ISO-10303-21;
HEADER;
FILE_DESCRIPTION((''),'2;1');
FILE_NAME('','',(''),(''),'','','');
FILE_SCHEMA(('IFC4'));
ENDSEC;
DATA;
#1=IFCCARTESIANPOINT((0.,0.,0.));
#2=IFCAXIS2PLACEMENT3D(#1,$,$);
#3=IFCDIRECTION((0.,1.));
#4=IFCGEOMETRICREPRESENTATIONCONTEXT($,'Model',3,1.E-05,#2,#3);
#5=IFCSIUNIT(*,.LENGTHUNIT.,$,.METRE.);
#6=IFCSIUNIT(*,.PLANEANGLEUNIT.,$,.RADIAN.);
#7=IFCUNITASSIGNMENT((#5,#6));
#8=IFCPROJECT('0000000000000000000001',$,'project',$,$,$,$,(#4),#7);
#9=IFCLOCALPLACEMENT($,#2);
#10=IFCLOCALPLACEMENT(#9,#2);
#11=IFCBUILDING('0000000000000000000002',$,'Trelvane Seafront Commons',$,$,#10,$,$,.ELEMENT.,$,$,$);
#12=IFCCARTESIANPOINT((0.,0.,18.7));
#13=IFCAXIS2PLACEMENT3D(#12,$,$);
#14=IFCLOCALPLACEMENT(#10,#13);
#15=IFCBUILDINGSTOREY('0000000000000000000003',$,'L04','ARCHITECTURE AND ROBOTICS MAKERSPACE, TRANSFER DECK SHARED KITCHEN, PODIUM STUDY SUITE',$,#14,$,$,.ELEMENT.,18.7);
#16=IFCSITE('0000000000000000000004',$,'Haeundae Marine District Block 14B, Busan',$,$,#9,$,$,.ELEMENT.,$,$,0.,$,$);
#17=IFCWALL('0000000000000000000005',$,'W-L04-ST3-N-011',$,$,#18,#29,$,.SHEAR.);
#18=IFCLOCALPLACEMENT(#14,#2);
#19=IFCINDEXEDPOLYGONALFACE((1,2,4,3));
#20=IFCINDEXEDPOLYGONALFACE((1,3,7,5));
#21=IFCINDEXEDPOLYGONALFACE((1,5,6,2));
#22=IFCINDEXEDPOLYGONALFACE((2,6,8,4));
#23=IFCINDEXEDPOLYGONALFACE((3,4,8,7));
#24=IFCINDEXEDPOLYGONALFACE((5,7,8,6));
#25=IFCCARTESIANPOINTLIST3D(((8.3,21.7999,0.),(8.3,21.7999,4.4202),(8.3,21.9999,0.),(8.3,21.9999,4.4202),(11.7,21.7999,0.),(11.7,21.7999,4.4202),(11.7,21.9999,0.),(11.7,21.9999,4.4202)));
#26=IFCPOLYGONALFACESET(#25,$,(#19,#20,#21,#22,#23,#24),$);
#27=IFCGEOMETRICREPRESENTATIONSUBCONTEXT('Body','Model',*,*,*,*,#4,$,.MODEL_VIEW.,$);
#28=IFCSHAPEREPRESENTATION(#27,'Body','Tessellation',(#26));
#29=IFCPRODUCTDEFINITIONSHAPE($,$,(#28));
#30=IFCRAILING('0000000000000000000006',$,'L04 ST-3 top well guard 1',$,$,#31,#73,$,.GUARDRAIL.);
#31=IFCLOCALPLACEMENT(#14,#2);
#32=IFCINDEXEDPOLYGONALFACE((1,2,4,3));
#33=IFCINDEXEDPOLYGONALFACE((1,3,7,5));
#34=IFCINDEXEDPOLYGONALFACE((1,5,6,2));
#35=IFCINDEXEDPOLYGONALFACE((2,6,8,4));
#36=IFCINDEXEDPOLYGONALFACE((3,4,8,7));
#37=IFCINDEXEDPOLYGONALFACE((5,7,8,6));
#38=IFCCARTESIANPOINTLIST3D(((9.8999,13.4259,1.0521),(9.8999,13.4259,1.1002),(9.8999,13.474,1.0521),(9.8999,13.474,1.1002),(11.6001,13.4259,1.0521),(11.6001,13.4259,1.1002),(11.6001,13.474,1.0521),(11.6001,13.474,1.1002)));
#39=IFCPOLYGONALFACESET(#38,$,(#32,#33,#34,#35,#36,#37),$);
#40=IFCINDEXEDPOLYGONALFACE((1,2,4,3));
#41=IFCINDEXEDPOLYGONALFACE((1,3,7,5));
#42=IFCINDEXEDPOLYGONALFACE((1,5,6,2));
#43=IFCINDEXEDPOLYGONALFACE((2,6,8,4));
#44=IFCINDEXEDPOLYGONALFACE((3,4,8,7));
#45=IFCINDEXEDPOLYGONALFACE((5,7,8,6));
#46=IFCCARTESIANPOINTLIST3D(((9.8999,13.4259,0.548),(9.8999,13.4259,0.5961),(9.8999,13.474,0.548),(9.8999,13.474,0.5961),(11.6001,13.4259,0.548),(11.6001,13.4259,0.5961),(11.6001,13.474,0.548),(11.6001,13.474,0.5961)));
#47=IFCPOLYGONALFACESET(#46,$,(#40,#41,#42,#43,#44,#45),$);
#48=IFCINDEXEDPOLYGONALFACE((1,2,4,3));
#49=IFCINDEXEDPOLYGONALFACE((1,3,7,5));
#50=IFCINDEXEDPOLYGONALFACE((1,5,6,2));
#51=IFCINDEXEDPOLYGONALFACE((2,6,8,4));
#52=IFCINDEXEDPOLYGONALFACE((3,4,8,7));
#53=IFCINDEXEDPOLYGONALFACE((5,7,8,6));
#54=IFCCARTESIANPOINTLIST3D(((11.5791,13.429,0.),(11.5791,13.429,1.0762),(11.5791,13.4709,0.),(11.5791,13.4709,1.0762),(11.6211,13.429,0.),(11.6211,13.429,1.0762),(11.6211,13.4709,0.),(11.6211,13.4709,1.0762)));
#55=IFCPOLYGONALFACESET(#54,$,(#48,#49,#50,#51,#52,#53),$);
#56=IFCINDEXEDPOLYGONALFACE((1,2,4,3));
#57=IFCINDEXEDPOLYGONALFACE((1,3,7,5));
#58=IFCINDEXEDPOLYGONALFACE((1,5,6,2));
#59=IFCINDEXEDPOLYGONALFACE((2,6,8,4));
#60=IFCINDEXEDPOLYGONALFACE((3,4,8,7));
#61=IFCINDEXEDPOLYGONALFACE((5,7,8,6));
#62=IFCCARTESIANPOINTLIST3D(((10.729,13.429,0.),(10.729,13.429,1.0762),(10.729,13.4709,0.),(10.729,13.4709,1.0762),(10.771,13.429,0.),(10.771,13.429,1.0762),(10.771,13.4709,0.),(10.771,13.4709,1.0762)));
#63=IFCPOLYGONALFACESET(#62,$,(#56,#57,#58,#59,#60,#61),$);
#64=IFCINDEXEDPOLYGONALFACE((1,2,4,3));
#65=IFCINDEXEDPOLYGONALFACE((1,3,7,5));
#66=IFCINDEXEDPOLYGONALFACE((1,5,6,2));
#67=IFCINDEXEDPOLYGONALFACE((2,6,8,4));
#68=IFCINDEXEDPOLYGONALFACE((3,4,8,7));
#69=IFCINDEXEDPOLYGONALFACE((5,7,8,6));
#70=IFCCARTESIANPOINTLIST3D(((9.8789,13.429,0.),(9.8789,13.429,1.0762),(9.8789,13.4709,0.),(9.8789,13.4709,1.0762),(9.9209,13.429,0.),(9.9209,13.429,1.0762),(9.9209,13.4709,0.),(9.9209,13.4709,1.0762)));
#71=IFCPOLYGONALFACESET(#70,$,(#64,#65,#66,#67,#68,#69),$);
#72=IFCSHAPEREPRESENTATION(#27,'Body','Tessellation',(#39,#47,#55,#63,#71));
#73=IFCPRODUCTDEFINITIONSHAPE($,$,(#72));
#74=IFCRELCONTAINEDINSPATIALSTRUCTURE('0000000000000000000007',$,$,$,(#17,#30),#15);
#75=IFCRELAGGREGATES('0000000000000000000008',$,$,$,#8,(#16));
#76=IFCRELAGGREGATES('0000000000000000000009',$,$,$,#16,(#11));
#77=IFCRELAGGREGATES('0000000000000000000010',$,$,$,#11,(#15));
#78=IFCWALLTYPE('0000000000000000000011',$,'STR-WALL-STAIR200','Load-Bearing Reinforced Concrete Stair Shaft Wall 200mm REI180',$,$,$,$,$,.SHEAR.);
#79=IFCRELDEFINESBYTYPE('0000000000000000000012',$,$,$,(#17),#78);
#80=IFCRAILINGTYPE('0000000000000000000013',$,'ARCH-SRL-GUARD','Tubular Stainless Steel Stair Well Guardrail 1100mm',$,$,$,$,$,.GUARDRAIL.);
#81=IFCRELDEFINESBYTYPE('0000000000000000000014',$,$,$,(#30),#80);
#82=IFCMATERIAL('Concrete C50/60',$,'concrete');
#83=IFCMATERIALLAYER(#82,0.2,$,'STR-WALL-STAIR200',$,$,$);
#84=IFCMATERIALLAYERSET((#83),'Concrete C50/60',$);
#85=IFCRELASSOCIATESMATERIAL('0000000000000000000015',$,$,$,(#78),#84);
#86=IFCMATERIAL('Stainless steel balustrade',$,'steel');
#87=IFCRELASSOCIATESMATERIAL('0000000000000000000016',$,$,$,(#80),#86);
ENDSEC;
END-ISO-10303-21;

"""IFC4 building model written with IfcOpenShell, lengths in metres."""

from ifc_helpers import new_model, si_unit, direction, frame, frame_2d, origin, origin_2d, place, context, subcontext, project, spatial, rectangle, extrude, material, layer, layer_set, type_object, element, save


model = new_model("IFC4")

# Units and contexts
model_context = context("Model", 3, precision=1e-05, world=origin(), true_north=direction((0.0, 1.0)))
body_context = subcontext(model_context, "Body", "Model", "MODEL_VIEW")
ifc_project = project(units=[si_unit("LENGTHUNIT", "METRE"), si_unit("PLANEANGLEUNIT", "RADIAN")], contexts=[model_context])

# Site, building, storey
site_placement = place(None, origin())
site = spatial("IfcSite", under=ifc_project, at=site_placement, Name="Haeundae Marine District Block 14B, Busan", CompositionType="ELEMENT", RefElevation=0.0)
building_placement = place(site_placement, origin())
building = spatial("IfcBuilding", under=site, at=building_placement, Name="Trelvane Seafront Commons", CompositionType="ELEMENT")
storey_placement = place(building_placement, frame((0.0, 0.0, 18.7)))
storey = spatial("IfcBuildingStorey", under=building, at=storey_placement, Name="L04", Description="ARCHITECTURE AND ROBOTICS MAKERSPACE, TRANSFER DECK SHARED KITCHEN, PODIUM STUDY SUITE", CompositionType="ELEMENT", Elevation=18.7)

# Shared definitions
ifc_material_1 = material(Name="Concrete C50/60", Category="concrete")
ifc_layer_1 = layer(ifc_material_1, 0.2, Name="STR-WALL-STAIR200")
ifc_layer_set_1 = layer_set([ifc_layer_1], Name="Concrete C50/60")
wall_type_1 = type_object("IfcWallType", Name="STR-WALL-STAIR200", Description="Load-Bearing Reinforced Concrete Stair Shaft Wall 200mm REI180", PredefinedType="SHEAR", material=ifc_layer_set_1)

# Wall
wall_1_placement = place(storey_placement, frame((8.3, 21.8999, 0.0), z_axis=(0.0, 0.0, 1.0), x_axis=(1.0, 0.0, 0.0)))
element("IfcWall", 1, at=wall_1_placement, inside=storey, type_object=wall_type_1, Name="W-L04-ST3-N-011", PredefinedType="SHEAR", context=body_context, shape_type="SweptSolid", body=[
    extrude(rectangle(XDim=3.3999, YDim=0.2, at=frame_2d((1.7, 0.0))), origin(), (0.0, 0.0, 1.0), 4.4202),
])

# Railing
ifc_material_2 = material(Name="Stainless steel balustrade", Category="steel")
railing_type = type_object("IfcRailingType", Name="ARCH-SRL-GUARD", Description="Tubular Stainless Steel Stair Well Guardrail 1100mm", PredefinedType="GUARDRAIL", material=ifc_material_2)
railing_placement = place(storey_placement, frame((11.6001, 13.45, 0.0)))
element("IfcRailing", 2, at=railing_placement, inside=storey, type_object=railing_type, Name="L04 ST-3 top well guard 1", PredefinedType="GUARDRAIL", context=body_context, shape_type="SweptSolid", body=[
    extrude(rectangle(XDim=0.0481, YDim=0.0481, at=origin_2d()), frame((0.0, 0.0, 1.0762), z_axis=(-1.0, 0.0, 0.0), x_axis=(0.0, -1.0, 0.0)), (0.0, 0.0, 1.0), 1.7002),
    extrude(rectangle(XDim=0.0481, YDim=0.0481, at=origin_2d()), frame((0.0, 0.0, 0.572), z_axis=(-1.0, 0.0, 0.0), x_axis=(0.0, -1.0, 0.0)), (0.0, 0.0, 1.0), 1.7002),
    extrude(rectangle(XDim=0.042, YDim=0.042, at=origin_2d()), origin(), (0.0, 0.0, 1.0), 1.0762),
    extrude(rectangle(XDim=0.042, YDim=0.042, at=origin_2d()), frame((-0.8501, 0.0, 0.0)), (0.0, 0.0, 1.0), 1.0762),
    extrude(rectangle(XDim=0.042, YDim=0.042, at=origin_2d()), frame((-1.7002, 0.0, 0.0)), (0.0, 0.0, 1.0), 1.0762),
])

save(model, "model.ifc")
